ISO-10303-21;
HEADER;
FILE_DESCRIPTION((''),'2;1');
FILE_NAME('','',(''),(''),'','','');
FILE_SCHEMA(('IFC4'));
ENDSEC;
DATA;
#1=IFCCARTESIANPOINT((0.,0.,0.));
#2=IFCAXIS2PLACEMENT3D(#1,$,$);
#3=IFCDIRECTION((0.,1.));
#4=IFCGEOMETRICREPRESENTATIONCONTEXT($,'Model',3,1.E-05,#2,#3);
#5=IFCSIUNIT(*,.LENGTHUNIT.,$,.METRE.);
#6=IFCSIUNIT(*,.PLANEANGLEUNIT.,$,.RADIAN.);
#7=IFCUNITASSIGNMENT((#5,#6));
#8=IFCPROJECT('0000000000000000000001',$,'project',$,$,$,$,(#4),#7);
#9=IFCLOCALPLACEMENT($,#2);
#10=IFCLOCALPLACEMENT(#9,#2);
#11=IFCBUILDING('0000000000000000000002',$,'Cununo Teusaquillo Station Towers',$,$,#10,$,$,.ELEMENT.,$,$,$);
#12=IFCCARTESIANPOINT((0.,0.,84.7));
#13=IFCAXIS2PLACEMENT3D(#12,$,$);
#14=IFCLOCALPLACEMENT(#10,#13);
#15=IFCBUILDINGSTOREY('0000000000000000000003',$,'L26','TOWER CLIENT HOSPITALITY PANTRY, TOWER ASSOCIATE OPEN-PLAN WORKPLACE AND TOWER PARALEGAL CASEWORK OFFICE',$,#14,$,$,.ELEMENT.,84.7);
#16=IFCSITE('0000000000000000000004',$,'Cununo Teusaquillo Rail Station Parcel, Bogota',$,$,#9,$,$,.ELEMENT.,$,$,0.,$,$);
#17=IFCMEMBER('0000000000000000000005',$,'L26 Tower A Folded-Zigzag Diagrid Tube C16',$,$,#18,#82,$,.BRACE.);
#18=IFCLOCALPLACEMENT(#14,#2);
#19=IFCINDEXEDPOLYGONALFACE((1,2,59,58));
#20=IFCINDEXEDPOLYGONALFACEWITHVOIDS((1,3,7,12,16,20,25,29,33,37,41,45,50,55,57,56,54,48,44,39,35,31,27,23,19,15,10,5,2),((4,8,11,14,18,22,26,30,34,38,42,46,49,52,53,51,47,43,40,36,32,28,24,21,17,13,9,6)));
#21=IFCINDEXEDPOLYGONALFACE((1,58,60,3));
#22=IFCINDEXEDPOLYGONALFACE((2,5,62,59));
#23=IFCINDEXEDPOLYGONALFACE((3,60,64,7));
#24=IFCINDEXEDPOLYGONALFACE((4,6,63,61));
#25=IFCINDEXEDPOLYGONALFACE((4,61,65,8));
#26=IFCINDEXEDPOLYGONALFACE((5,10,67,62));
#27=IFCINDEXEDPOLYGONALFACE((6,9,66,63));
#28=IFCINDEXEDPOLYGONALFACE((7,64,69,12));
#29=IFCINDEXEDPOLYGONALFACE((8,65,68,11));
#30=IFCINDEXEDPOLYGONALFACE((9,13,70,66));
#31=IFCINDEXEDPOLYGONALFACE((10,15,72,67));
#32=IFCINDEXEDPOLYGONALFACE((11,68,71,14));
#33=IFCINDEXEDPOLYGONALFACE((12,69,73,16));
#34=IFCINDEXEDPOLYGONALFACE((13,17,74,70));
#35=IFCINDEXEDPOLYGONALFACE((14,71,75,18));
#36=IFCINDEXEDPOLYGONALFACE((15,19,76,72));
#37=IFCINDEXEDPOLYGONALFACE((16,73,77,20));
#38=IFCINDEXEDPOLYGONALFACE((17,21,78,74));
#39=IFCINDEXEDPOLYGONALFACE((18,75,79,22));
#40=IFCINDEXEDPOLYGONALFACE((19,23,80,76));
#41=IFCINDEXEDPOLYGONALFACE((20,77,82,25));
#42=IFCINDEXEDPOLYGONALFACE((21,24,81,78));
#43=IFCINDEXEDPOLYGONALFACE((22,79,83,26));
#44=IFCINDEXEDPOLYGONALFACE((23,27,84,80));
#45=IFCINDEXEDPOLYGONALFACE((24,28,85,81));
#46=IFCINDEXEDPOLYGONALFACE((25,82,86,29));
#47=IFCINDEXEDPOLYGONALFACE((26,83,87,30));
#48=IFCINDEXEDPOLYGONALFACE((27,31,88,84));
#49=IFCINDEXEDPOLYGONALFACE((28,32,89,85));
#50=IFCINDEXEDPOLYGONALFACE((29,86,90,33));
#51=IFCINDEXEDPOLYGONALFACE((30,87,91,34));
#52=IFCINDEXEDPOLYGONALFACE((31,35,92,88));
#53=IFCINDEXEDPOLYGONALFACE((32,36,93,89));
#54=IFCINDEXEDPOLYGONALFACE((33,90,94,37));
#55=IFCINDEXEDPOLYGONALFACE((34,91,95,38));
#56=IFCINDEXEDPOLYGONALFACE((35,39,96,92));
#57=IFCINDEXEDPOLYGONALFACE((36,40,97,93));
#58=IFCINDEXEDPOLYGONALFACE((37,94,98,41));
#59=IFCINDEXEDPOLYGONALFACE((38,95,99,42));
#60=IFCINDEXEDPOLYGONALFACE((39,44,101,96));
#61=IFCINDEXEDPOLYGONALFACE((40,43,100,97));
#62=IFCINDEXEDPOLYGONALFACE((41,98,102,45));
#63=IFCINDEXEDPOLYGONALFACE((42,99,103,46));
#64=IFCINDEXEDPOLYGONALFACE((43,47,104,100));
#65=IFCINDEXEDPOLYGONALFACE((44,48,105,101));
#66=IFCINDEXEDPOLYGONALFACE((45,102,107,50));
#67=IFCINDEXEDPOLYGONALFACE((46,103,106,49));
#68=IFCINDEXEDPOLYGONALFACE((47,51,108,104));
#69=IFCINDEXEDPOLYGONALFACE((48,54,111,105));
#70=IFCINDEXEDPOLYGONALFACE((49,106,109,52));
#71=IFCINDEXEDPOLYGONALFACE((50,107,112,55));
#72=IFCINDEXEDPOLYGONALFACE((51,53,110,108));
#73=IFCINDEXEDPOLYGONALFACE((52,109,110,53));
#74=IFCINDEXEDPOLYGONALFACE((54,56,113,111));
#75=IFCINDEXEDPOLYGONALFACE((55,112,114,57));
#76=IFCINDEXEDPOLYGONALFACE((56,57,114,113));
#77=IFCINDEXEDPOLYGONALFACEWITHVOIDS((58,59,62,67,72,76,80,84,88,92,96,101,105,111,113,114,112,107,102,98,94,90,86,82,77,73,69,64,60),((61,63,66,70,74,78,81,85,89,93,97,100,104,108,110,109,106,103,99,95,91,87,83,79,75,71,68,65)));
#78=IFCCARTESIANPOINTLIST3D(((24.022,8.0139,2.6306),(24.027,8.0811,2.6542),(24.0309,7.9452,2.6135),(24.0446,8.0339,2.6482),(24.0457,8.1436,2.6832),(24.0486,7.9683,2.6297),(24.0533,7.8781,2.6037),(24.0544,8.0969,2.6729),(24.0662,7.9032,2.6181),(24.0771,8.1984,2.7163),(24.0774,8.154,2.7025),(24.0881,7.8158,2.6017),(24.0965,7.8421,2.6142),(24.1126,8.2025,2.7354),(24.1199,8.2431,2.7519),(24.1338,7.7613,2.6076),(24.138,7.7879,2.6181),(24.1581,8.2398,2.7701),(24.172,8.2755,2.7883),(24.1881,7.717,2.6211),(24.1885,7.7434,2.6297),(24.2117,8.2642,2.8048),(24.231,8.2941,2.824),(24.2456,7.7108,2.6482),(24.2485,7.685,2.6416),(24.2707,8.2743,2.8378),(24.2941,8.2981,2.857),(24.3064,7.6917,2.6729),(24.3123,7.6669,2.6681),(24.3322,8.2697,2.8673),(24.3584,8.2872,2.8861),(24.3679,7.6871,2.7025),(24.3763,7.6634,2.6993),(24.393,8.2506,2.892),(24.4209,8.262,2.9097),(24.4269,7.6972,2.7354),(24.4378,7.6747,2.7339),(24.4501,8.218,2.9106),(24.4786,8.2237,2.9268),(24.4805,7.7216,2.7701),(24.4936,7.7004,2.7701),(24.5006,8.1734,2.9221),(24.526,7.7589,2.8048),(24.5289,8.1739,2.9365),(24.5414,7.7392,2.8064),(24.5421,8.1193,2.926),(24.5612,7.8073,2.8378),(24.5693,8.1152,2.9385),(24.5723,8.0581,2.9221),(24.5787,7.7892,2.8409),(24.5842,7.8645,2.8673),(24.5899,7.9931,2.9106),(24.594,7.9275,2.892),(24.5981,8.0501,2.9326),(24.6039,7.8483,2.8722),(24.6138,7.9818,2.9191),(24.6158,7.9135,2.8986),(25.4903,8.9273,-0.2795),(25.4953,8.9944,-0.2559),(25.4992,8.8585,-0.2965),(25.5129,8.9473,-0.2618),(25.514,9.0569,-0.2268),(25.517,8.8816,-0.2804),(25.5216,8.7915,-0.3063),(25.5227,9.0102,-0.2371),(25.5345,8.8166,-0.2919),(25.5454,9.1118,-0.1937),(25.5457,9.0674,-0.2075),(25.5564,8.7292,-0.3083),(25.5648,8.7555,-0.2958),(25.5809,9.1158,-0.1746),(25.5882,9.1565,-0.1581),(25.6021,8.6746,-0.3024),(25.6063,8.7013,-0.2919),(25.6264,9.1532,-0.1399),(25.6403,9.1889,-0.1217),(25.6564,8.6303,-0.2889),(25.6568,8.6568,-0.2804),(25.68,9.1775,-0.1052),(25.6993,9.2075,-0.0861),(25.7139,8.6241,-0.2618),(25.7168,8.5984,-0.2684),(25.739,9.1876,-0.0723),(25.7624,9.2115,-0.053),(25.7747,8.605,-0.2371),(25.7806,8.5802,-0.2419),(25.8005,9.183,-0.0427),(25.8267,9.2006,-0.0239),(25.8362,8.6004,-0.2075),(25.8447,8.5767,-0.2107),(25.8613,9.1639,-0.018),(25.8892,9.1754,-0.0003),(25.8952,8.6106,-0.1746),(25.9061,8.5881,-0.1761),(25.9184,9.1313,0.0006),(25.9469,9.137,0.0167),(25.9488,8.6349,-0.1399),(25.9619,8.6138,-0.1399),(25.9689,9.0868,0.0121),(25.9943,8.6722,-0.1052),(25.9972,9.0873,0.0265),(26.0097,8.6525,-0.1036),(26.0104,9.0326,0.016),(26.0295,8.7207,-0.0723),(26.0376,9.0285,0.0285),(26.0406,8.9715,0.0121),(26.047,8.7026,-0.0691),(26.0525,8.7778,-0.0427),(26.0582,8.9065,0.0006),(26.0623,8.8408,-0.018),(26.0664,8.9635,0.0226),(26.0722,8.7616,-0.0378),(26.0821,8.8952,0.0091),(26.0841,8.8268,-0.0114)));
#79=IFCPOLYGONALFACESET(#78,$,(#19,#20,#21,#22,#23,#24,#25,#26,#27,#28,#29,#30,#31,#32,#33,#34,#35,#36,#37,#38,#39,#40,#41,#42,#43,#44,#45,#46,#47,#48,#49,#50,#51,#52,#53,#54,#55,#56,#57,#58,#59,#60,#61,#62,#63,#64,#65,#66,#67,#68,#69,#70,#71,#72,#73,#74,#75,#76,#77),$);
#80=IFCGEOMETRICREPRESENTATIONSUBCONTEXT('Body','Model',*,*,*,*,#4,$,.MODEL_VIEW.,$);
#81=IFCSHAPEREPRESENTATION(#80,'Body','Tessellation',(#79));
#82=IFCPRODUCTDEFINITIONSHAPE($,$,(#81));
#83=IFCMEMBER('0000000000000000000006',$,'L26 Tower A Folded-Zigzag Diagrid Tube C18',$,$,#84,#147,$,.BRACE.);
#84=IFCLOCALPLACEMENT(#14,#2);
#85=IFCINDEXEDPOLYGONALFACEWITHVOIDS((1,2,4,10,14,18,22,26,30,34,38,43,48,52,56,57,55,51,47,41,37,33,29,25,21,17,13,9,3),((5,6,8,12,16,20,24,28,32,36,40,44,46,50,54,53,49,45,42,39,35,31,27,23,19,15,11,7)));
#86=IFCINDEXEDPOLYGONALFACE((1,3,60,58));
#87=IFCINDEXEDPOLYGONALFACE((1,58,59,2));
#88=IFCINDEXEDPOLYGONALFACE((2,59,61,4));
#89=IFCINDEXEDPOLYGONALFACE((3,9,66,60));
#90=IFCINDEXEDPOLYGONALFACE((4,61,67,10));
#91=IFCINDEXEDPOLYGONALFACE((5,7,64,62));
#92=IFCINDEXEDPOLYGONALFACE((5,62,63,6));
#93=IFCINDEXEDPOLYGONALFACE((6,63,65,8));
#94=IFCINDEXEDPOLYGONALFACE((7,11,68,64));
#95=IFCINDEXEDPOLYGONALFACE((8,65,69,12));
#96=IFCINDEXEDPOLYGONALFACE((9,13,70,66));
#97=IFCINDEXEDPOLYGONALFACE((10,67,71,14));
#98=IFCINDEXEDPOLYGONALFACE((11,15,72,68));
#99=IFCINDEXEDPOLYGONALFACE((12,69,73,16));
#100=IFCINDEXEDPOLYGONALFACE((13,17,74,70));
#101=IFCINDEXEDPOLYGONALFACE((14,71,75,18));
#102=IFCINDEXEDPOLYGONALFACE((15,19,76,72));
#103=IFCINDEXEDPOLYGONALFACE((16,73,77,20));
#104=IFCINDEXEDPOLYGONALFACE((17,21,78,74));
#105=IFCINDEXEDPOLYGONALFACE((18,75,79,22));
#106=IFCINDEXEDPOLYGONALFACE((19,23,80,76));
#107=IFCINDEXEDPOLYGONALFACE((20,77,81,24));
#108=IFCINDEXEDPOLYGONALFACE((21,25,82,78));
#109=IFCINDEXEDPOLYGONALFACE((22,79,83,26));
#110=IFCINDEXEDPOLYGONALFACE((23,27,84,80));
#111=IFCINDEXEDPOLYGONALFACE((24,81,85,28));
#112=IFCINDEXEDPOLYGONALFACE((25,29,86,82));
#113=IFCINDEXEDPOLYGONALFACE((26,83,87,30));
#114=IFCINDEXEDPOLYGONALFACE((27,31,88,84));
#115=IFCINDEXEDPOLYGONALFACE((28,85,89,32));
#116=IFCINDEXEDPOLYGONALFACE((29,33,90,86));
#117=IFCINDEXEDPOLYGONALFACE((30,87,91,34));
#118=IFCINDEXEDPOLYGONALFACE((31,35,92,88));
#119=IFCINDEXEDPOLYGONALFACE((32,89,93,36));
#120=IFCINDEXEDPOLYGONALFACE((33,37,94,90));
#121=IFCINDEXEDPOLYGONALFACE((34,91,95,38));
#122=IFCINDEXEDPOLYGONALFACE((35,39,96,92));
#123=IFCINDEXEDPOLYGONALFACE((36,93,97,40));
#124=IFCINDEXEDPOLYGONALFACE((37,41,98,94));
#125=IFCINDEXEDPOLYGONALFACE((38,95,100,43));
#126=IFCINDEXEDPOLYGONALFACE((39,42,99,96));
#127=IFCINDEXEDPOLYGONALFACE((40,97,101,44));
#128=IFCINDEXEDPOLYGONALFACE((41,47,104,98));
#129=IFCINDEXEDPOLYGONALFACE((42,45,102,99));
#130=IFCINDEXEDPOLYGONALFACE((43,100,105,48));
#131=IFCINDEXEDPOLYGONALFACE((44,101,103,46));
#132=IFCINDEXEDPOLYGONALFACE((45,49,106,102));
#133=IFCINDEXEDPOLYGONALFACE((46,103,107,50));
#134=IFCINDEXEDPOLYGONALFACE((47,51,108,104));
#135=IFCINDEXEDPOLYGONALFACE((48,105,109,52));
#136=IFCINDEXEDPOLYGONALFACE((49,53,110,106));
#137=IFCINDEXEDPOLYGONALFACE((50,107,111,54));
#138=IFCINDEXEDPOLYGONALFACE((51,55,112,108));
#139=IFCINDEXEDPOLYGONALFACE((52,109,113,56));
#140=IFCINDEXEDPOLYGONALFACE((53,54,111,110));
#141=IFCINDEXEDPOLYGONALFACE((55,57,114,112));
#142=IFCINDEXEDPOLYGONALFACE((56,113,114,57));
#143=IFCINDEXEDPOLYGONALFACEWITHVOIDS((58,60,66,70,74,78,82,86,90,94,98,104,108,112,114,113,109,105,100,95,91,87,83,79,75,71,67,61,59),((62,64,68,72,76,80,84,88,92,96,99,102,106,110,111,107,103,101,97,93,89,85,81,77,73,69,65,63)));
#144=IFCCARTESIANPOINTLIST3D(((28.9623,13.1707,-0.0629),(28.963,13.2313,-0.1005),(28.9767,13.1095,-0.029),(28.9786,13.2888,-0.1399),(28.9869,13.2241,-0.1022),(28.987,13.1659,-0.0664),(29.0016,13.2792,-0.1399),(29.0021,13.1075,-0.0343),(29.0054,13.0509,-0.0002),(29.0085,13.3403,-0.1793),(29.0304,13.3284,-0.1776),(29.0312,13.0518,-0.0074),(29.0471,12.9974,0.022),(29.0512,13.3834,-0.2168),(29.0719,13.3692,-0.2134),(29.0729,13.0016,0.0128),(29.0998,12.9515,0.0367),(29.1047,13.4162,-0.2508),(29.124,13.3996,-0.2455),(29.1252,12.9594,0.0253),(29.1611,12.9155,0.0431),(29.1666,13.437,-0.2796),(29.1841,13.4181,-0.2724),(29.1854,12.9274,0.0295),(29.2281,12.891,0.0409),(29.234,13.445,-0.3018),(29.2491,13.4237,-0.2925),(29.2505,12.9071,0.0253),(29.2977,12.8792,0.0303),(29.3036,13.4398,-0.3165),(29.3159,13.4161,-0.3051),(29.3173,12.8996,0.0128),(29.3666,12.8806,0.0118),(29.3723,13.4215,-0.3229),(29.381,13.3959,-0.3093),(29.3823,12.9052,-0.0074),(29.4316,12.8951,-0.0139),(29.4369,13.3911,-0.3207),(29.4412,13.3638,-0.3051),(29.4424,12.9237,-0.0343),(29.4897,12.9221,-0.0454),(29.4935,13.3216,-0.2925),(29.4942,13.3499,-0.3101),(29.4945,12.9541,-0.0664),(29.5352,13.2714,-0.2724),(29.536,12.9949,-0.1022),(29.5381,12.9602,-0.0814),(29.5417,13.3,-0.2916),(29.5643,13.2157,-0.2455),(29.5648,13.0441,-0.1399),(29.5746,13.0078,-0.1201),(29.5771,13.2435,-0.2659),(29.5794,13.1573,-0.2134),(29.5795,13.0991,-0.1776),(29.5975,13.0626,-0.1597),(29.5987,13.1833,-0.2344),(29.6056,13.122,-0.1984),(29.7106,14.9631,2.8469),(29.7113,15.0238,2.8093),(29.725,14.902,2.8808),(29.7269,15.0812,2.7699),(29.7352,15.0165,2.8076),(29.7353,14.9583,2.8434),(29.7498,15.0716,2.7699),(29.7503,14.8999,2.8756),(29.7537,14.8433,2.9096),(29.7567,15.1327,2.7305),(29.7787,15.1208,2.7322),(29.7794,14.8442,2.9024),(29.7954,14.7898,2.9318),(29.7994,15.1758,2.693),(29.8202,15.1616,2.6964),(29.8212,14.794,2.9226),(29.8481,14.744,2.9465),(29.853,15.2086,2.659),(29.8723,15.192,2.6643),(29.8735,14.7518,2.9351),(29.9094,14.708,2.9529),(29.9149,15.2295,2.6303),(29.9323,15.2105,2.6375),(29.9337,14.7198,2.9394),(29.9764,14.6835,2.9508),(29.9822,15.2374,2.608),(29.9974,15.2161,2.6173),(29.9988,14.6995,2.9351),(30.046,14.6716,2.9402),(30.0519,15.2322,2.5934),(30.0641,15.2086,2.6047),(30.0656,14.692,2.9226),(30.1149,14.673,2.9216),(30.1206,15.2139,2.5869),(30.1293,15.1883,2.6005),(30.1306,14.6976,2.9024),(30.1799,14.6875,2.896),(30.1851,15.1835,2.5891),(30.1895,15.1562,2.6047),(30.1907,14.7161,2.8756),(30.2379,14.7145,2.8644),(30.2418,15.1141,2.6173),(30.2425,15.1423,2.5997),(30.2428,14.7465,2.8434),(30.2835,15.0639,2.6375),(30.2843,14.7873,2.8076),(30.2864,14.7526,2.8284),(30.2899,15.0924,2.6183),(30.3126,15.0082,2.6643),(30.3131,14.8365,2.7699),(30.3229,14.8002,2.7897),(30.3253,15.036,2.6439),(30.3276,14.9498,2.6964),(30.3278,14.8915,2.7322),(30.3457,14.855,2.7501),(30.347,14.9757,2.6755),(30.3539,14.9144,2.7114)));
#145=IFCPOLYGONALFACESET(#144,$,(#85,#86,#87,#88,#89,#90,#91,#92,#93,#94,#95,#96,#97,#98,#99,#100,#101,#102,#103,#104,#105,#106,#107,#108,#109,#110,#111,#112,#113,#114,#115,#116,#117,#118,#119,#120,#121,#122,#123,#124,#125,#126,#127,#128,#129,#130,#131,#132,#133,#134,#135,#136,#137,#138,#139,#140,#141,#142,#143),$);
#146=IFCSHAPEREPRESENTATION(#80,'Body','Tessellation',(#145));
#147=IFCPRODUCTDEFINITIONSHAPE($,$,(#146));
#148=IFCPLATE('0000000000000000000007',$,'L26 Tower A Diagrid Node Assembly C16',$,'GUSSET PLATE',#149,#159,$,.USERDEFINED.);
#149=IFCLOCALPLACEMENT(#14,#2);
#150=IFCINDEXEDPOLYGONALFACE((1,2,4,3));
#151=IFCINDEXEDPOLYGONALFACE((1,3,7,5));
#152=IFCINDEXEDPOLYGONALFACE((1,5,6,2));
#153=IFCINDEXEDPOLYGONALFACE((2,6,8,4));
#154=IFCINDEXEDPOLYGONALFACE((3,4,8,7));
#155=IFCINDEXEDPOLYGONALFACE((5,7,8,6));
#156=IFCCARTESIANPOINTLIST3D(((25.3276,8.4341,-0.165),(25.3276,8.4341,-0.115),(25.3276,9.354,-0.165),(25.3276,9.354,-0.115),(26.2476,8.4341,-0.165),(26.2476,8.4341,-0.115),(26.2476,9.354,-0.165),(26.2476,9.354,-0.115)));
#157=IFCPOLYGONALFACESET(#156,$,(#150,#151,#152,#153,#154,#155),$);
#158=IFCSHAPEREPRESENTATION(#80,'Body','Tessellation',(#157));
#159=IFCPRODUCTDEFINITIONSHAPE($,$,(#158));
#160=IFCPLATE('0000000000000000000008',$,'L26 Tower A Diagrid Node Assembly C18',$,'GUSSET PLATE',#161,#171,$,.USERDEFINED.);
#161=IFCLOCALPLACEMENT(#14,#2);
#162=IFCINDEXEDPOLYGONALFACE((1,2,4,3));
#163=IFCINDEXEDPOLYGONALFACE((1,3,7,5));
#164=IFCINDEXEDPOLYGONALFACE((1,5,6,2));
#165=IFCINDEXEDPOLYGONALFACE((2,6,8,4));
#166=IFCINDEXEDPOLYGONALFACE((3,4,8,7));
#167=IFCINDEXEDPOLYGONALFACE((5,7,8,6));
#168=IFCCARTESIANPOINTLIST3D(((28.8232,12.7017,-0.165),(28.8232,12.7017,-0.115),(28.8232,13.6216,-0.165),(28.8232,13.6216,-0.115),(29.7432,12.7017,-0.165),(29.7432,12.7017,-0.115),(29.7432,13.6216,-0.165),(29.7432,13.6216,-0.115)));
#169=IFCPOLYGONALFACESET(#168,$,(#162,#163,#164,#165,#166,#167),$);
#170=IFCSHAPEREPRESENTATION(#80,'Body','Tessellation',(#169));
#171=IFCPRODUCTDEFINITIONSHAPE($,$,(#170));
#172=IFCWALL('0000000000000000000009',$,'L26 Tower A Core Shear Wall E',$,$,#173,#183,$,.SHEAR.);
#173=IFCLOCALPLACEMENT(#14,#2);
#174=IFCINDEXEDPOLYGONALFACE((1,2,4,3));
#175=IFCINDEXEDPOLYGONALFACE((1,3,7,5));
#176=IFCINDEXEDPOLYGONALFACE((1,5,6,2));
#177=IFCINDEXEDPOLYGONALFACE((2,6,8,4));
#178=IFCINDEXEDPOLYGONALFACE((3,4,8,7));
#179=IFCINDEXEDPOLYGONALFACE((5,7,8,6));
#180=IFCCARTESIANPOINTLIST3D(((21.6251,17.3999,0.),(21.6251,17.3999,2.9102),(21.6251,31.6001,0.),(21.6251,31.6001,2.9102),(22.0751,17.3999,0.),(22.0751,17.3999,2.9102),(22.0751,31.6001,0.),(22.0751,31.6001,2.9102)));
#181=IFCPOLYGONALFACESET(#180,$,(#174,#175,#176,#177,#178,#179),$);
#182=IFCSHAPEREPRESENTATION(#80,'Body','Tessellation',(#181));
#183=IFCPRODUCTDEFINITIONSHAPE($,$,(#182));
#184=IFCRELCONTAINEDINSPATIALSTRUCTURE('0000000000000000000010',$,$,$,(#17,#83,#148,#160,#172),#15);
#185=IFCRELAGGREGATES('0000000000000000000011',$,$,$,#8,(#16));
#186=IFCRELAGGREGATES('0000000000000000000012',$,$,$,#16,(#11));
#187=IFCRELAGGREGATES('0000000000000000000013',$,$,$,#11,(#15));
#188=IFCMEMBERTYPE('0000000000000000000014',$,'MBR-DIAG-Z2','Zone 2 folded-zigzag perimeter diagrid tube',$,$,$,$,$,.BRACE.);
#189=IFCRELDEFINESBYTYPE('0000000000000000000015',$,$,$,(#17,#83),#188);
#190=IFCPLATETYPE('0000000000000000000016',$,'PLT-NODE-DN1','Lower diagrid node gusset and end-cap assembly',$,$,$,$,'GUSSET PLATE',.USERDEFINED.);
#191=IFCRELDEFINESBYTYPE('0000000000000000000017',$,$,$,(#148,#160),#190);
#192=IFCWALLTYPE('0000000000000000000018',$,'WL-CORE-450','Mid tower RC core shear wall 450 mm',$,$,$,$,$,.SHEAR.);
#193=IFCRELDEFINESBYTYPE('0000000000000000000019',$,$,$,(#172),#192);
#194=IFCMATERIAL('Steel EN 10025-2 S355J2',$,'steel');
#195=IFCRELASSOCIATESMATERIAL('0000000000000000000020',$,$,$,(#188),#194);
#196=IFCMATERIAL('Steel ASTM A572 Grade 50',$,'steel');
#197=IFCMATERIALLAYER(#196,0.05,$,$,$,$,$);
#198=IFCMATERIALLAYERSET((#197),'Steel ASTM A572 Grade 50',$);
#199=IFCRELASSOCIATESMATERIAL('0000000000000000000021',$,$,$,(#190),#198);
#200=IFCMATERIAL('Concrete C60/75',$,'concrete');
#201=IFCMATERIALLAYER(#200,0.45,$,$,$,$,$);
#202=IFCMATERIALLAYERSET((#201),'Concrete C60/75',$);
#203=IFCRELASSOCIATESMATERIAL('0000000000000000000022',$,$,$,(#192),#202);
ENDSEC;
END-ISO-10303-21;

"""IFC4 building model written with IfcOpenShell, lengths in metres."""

from ifc_helpers import new_model, si_unit, direction, frame, frame_2d, origin, origin_2d, place, context, subcontext, project, spatial, rectangle, hollow_circle, extrude, source, transform, mapped, material, layer, layer_set, material_profile, profile_set, type_object, element, save


model = new_model("IFC4")

# Units and contexts
model_context = context("Model", 3, precision=1e-05, world=origin(), true_north=direction((0.0, 1.0)))
body_context = subcontext(model_context, "Body", "Model", "MODEL_VIEW")
ifc_project = project(units=[si_unit("LENGTHUNIT", "METRE"), si_unit("PLANEANGLEUNIT", "RADIAN")], contexts=[model_context])

# Site, building, storey
site_placement = place(None, origin())
site = spatial("IfcSite", under=ifc_project, at=site_placement, Name="Cununo Teusaquillo Rail Station Parcel, Bogota", CompositionType="ELEMENT", RefElevation=0.0)
building_placement = place(site_placement, origin())
building = spatial("IfcBuilding", under=site, at=building_placement, Name="Cununo Teusaquillo Station Towers", CompositionType="ELEMENT")
storey_placement = place(building_placement, frame((0.0, 0.0, 84.7)))
storey = spatial("IfcBuildingStorey", under=building, at=storey_placement, Name="L26", Description="TOWER CLIENT HOSPITALITY PANTRY, TOWER ASSOCIATE OPEN-PLAN WORKPLACE AND TOWER PARALEGAL CASEWORK OFFICE", CompositionType="ELEMENT", Elevation=84.7)

# Members
ifc_material_1 = material(Name="Steel EN 10025-2 S355J2", Category="steel")
ifc_material_profile_1 = material_profile(ifc_material_1, hollow_circle(Radius=0.3301, WallThickness=0.0249, at=origin_2d()), Name="CHS 660x25")
ifc_profile_set_1 = profile_set([ifc_material_profile_1], Name="Steel EN 10025-2 S355J2")
member_type = type_object("IfcMemberType", Name="MBR-DIAG-Z2", Description="Zone 2 folded-zigzag perimeter diagrid tube", PredefinedType="BRACE", material=ifc_profile_set_1)
member_1_placement = place(storey_placement, frame((25.7876, 8.894, -0.1399), z_axis=(-0.433768, -0.269825, 0.859674), x_axis=(0.528196, -0.849123, 0.0)))
element("IfcMember", 1, at=member_1_placement, inside=storey, type_object=member_type, Name="L26 Tower A Folded-Zigzag Diagrid Tube C16", PredefinedType="BRACE", context=body_context, shape_type="SweptSolid", body=[
    extrude(hollow_circle(Radius=0.3301, WallThickness=0.0249, at=origin_2d()), origin(), (0.0, 0.0, 1.0), 3.385),
])
member_2_placement = place(storey_placement, frame((29.2832, 13.1616, -0.1399), z_axis=(0.21388, 0.512336, 0.831726), x_axis=(-0.922816, 0.38524, 0.0)))
element("IfcMember", 2, at=member_2_placement, inside=storey, type_object=member_type, Name="L26 Tower A Folded-Zigzag Diagrid Tube C18", PredefinedType="BRACE", context=body_context, shape_type="SweptSolid", body=[
    extrude(hollow_circle(Radius=0.3301, WallThickness=0.0249, at=origin_2d()), origin(), (0.0, 0.0, 1.0), 3.4985),
])

# Plates
ifc_material_2 = material(Name="Steel ASTM A572 Grade 50", Category="steel")
ifc_layer_1 = layer(ifc_material_2, 0.05)
ifc_layer_set_1 = layer_set([ifc_layer_1], Name="Steel ASTM A572 Grade 50")
plate_type = type_object("IfcPlateType", Name="PLT-NODE-DN1", Description="Lower diagrid node gusset and end-cap assembly", ElementType="GUSSET PLATE", PredefinedType="USERDEFINED", material=ifc_layer_set_1)
shared_shape_1 = source(origin(), body_context, "Body", "SweptSolid", [
    extrude(rectangle(XDim=0.9199, YDim=0.9199, at=origin_2d()), origin(), (0.0, 0.0, 1.0), 0.05),
])
for number, where, z_axis, x_axis, name in (
    (3, (25.7876, 8.894, -0.165), (0.0, 0.0, 1.0), (1.0, 0.0, 0.0), "L26 Tower A Diagrid Node Assembly C16"),
    (4, (29.2832, 13.1616, -0.165), (0.0, 0.0, 1.0), (1.0, 0.0, 0.0), "L26 Tower A Diagrid Node Assembly C18"),
):
    element("IfcPlate", number, at=place(storey_placement, frame(where, z_axis=z_axis, x_axis=x_axis)), inside=storey, type_object=plate_type, Name=name, ObjectType="GUSSET PLATE", PredefinedType="USERDEFINED", context=body_context, shape_type="MappedRepresentation", body=[
        mapped(shared_shape_1, transform((0.0, 0.0, 0.0), x_axis=(1.0, 0.0, 0.0), y_axis=(0.0, 1.0, 0.0), z_axis=(0.0, 0.0, 1.0), scale=1.0)),
    ])

# Wall
ifc_material_3 = material(Name="Concrete C60/75", Category="concrete")
ifc_layer_2 = layer(ifc_material_3, 0.45)
ifc_layer_set_2 = layer_set([ifc_layer_2], Name="Concrete C60/75")
wall_type_1 = type_object("IfcWallType", Name="WL-CORE-450", Description="Mid tower RC core shear wall 450 mm", PredefinedType="SHEAR", material=ifc_layer_set_2)
wall_1_placement = place(storey_placement, frame((21.8501, 17.3999, 0.0), z_axis=(0.0, 0.0, 1.0), x_axis=(0.0, 1.0, 0.0)))
element("IfcWall", 5, at=wall_1_placement, inside=storey, type_object=wall_type_1, Name="L26 Tower A Core Shear Wall E", PredefinedType="SHEAR", context=body_context, shape_type="SweptSolid", body=[
    extrude(rectangle(XDim=14.2002, YDim=0.45, at=frame_2d((7.1001, 0.0))), origin(), (0.0, 0.0, 1.0), 2.9102),
])

save(model, "model.ifc")
